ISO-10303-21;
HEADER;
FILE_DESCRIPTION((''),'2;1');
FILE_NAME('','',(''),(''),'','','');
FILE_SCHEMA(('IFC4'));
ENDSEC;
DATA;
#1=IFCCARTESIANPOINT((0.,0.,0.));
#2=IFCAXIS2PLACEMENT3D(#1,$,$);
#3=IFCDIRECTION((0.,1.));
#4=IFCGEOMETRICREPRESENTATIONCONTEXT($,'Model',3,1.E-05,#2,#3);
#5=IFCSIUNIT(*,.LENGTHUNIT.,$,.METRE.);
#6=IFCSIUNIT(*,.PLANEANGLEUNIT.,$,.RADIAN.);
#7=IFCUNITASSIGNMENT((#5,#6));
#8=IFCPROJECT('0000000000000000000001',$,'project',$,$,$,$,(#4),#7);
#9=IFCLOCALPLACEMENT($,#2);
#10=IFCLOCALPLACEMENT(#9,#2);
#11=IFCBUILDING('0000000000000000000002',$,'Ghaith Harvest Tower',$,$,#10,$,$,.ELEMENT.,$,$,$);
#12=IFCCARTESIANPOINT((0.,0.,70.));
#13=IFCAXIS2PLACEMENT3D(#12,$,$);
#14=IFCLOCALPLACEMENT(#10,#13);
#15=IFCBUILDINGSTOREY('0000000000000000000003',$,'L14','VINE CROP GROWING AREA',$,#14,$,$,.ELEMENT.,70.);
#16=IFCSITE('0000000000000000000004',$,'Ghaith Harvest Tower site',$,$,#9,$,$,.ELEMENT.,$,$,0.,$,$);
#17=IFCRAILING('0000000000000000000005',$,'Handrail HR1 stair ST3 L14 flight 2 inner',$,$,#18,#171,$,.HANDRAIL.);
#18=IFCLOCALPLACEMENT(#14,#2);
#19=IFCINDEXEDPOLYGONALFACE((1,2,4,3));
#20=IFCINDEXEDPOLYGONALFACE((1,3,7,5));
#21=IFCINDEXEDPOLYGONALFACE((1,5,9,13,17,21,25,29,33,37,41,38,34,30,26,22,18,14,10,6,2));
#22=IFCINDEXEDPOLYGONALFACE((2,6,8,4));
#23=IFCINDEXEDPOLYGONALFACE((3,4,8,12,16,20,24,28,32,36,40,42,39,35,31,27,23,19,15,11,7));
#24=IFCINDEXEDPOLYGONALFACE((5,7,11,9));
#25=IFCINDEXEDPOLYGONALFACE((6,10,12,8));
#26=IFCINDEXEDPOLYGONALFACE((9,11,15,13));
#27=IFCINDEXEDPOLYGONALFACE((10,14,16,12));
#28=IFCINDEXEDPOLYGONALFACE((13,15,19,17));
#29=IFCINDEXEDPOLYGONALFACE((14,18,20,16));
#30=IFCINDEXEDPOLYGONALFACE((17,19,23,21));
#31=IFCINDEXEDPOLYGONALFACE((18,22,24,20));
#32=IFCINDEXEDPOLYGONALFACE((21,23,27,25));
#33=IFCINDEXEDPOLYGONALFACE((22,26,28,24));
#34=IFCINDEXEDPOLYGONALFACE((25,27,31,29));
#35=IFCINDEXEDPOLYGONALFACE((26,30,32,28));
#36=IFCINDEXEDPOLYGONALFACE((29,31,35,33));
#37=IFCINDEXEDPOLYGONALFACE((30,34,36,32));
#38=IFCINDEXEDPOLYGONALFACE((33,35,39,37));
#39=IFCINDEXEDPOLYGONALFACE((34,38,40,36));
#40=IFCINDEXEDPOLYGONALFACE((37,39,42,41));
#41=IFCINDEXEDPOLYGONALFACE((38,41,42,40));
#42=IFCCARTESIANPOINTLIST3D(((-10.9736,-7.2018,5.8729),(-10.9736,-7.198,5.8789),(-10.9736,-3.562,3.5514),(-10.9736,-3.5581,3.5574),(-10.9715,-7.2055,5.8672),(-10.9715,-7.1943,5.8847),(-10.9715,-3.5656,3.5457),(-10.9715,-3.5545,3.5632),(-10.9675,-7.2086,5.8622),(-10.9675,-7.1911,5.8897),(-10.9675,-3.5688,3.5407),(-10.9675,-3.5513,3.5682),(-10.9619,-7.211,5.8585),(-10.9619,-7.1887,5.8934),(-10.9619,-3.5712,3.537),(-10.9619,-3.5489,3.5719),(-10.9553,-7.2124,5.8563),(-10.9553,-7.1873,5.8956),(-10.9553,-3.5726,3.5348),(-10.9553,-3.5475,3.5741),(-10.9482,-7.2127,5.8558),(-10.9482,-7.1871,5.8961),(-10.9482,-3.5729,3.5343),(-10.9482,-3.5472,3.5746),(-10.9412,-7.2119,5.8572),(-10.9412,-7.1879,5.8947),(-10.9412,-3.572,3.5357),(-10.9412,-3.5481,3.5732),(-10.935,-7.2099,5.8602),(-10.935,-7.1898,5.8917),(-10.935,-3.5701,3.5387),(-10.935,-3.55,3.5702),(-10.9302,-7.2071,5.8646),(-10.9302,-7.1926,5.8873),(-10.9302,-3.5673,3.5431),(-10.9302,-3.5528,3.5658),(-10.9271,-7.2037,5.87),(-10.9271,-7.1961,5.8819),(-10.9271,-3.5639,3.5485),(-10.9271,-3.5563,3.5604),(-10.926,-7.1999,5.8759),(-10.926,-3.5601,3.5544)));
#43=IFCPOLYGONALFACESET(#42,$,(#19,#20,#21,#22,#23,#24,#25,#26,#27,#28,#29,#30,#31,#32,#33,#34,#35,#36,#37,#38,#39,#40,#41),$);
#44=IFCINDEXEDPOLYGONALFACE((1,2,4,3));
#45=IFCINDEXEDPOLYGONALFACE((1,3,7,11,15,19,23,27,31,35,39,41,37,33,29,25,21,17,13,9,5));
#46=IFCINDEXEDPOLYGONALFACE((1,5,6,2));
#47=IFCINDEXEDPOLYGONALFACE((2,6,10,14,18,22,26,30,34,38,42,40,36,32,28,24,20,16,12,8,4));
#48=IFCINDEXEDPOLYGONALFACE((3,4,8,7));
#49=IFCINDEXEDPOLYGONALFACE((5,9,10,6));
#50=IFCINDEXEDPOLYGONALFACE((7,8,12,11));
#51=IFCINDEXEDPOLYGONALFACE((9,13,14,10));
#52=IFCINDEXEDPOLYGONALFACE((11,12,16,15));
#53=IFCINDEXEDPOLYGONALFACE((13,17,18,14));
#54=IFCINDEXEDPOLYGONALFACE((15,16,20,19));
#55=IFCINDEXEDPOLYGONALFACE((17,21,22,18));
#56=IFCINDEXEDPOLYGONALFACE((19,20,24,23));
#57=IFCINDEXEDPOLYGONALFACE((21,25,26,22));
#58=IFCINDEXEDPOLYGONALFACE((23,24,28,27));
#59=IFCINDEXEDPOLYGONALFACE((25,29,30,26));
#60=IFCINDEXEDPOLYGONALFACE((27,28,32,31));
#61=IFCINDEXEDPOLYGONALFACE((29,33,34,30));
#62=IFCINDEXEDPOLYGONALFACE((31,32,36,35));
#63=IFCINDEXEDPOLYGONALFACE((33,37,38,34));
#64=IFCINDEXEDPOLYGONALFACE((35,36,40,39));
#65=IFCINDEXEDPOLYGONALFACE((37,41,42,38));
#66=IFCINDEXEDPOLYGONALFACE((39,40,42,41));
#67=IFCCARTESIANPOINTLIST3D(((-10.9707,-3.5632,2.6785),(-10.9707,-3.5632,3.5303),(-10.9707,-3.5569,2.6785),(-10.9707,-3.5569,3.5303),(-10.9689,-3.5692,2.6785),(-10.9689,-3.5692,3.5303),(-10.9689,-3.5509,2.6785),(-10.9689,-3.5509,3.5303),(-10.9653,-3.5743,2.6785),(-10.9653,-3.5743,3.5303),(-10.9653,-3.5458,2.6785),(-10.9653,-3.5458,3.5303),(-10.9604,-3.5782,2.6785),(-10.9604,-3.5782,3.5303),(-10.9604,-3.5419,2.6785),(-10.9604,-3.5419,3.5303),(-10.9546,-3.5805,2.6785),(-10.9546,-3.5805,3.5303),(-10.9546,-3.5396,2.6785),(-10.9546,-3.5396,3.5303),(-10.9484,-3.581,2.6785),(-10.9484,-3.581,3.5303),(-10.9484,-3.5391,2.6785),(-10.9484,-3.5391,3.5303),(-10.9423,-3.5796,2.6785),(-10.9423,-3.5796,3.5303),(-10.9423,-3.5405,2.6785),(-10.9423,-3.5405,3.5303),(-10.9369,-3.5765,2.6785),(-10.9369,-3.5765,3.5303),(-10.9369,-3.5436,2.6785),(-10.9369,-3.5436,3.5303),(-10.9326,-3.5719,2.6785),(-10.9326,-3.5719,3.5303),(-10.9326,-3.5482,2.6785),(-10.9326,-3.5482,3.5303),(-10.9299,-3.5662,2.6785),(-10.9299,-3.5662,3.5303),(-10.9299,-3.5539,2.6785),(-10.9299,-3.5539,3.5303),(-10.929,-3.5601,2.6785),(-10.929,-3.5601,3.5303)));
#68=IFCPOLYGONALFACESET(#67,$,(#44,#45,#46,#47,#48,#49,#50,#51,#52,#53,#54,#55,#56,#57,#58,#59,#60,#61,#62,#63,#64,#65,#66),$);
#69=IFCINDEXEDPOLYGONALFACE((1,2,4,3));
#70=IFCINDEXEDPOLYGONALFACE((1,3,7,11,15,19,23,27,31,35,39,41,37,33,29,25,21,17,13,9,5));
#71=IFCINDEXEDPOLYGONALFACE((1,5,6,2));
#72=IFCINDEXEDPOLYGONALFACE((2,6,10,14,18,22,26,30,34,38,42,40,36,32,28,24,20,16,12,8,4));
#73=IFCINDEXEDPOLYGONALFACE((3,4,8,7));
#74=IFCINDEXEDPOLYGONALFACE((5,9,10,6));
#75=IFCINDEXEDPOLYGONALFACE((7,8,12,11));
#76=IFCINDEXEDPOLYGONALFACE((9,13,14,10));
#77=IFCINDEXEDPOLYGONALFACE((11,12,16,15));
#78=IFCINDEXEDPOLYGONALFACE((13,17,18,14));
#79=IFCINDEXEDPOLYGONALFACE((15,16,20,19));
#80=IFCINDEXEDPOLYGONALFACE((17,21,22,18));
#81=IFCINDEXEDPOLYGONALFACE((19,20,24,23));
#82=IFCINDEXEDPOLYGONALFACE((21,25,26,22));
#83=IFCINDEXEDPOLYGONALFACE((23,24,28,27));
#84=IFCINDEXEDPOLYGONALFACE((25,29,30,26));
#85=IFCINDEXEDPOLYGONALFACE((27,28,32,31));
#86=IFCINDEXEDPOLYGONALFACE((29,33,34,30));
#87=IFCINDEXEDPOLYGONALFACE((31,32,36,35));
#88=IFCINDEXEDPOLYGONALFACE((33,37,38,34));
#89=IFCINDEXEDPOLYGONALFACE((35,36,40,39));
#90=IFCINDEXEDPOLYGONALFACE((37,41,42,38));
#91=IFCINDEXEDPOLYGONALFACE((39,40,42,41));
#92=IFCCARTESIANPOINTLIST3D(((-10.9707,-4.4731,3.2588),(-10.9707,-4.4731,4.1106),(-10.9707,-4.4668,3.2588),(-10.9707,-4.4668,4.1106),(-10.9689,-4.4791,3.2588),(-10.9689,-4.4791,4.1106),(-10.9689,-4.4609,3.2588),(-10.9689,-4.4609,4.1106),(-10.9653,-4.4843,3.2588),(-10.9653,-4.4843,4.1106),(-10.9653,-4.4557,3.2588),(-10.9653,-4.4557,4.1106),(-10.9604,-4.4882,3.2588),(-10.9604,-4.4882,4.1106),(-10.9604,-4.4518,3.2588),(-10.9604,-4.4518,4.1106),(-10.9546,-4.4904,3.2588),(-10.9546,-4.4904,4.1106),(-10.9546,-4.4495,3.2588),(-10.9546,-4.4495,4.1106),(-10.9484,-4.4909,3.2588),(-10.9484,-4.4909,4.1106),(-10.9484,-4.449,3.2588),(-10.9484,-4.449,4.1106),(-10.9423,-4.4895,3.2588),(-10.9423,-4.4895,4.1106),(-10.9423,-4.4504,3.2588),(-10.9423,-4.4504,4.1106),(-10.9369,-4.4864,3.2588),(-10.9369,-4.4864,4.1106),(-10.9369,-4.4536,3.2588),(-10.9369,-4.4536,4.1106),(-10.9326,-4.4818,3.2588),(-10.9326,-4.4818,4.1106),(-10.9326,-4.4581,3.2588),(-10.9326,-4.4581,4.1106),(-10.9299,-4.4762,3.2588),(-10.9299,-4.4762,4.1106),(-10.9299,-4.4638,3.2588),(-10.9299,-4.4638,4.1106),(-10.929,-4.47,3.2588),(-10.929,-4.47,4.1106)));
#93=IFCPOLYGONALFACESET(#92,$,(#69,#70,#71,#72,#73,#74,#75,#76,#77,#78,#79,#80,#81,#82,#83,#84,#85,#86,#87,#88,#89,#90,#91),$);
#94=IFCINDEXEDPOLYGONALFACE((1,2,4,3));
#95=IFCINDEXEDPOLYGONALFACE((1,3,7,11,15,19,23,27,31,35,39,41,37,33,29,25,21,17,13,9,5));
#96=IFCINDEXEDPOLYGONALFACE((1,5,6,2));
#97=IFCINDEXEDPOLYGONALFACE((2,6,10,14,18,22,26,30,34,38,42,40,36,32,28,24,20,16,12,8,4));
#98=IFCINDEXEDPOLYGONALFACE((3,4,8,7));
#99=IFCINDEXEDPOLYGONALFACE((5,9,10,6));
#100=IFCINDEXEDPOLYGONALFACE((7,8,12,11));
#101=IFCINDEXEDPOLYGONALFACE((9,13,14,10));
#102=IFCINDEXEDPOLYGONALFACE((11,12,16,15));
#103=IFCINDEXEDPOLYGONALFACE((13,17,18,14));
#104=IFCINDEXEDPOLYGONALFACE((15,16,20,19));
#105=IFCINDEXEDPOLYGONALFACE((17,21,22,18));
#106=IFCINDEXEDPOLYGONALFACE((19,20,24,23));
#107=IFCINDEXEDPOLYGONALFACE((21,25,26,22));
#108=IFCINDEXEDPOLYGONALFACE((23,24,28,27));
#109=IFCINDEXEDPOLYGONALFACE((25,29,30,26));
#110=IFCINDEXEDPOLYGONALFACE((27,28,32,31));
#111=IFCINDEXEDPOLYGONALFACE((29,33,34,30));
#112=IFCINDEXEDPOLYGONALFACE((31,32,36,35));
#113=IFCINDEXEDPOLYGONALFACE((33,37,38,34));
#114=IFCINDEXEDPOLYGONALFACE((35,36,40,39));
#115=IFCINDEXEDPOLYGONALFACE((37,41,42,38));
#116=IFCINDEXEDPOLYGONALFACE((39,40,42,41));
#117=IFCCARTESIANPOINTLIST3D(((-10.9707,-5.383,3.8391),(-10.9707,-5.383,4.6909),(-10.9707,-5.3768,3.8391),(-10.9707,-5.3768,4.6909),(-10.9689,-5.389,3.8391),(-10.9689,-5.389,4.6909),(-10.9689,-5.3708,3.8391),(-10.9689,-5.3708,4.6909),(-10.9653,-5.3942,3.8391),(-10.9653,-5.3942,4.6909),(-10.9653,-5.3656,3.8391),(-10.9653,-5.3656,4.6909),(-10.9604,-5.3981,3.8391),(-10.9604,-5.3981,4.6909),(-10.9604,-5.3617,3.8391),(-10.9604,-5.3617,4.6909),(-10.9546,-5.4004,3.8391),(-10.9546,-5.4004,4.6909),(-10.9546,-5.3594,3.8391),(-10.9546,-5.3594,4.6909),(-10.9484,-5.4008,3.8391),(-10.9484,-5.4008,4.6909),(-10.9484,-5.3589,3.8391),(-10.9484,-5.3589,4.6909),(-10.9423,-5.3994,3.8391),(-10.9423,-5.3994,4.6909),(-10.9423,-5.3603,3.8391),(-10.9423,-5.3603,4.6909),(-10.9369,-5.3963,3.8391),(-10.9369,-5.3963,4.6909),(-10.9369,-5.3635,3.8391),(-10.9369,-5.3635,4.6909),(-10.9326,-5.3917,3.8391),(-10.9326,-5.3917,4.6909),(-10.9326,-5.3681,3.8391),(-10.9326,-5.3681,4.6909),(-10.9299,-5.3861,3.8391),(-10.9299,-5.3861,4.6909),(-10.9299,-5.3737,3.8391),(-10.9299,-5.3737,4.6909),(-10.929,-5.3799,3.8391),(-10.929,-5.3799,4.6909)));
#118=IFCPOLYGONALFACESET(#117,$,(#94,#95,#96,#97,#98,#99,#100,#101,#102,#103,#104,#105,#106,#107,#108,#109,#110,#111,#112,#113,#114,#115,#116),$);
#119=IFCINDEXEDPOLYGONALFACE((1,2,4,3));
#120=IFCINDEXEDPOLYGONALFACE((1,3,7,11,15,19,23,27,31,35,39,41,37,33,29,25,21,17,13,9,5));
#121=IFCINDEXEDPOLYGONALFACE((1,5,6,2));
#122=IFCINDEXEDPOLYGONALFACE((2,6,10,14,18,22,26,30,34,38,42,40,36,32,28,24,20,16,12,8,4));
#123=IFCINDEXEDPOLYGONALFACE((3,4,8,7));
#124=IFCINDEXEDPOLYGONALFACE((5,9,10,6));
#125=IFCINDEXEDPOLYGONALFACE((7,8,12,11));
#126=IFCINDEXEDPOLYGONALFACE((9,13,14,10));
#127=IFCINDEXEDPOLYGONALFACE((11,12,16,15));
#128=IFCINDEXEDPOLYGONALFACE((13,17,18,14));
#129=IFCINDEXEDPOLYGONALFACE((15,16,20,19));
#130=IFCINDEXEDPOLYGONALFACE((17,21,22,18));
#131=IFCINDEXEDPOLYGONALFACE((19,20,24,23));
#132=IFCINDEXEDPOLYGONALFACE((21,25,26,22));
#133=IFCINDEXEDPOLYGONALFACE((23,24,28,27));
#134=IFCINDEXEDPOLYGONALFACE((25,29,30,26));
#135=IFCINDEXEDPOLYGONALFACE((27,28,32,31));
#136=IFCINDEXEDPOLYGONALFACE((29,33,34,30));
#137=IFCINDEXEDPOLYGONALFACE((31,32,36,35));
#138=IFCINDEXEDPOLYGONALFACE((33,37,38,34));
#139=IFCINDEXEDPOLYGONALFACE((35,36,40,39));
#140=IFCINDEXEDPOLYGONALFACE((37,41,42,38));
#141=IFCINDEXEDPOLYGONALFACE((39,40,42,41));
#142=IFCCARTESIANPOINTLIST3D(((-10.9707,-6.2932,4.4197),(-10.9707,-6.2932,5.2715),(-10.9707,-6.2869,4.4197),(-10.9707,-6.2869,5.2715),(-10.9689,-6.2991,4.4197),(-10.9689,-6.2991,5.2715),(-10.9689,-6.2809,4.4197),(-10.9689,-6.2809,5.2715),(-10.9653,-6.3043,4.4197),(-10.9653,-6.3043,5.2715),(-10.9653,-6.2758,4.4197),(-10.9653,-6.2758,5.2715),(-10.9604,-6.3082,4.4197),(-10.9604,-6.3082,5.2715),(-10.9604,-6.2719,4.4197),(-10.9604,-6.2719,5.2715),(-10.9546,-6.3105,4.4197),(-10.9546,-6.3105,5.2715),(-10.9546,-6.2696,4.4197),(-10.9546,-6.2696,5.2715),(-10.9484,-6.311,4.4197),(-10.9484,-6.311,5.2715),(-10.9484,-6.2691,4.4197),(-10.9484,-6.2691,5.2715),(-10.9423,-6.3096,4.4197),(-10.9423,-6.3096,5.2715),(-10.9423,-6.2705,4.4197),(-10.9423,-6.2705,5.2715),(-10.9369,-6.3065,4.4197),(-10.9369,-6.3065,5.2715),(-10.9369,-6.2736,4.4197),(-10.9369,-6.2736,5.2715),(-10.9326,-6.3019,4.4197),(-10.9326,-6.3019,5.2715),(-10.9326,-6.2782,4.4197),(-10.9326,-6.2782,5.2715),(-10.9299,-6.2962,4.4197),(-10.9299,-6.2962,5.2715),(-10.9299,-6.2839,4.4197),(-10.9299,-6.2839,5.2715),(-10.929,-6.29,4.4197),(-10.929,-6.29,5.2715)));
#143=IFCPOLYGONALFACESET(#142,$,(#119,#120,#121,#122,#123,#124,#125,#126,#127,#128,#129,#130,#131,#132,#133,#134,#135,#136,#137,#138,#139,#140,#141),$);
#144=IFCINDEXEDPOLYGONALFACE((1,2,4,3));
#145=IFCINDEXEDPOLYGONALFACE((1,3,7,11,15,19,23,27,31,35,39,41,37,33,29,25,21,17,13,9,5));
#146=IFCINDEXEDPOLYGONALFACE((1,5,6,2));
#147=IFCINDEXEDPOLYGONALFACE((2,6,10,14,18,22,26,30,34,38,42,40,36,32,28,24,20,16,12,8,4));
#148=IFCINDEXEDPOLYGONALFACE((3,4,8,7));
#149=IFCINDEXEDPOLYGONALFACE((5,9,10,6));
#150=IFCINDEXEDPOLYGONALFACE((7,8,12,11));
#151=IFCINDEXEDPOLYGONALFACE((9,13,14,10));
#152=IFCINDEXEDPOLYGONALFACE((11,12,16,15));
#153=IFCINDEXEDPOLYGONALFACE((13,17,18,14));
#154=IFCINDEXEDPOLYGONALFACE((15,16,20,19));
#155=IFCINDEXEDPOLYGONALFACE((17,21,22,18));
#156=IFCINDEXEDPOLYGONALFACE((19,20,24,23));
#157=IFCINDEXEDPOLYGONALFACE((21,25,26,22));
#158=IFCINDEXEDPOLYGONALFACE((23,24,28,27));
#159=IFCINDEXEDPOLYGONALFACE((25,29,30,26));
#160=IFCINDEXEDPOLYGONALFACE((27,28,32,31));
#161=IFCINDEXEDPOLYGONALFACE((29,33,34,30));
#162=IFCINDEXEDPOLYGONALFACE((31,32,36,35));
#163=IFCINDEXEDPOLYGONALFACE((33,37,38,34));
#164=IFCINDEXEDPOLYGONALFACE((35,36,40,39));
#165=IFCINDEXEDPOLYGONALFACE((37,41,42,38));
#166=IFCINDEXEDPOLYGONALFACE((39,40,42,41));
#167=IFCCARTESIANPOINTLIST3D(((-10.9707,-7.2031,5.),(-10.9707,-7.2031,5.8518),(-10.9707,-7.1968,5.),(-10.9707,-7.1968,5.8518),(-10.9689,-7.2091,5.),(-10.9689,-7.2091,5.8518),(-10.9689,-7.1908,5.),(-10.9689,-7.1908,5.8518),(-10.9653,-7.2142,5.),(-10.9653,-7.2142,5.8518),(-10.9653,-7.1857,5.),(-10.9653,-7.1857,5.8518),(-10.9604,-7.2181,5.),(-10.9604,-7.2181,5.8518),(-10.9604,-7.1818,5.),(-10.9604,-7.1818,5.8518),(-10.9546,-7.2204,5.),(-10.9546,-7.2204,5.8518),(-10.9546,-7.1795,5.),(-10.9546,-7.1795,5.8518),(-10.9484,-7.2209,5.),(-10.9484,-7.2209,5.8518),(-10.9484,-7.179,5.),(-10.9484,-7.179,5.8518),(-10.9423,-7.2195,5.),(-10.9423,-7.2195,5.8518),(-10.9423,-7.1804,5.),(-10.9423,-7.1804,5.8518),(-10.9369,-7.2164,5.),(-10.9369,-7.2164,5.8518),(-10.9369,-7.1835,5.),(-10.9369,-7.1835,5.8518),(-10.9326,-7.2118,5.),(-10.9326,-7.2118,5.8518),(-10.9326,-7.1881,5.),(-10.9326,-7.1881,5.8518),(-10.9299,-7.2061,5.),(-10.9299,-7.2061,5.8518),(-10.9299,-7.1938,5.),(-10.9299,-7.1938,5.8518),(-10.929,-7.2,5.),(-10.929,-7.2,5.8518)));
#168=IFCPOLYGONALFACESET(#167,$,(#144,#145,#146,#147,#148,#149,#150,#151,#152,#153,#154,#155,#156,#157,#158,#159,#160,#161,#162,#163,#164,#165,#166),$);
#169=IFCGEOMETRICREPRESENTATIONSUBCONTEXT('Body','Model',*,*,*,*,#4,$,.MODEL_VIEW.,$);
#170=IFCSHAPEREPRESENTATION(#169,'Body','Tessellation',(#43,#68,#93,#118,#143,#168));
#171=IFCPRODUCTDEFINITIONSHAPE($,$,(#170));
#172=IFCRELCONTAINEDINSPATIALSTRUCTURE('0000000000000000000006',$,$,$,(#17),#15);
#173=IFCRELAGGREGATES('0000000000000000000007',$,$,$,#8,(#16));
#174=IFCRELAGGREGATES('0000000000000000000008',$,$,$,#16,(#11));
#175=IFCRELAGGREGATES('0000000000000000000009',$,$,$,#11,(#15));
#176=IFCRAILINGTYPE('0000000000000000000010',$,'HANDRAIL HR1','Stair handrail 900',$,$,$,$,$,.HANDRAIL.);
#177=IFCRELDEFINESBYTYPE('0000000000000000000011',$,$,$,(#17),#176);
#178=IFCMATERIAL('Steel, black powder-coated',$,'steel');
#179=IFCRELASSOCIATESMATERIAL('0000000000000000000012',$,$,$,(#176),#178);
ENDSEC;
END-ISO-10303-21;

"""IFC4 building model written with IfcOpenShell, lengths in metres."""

from ifc_helpers import new_model, si_unit, direction, frame, origin, origin_2d, place, context, subcontext, project, spatial, circle, extrude, material, type_object, element, save


model = new_model("IFC4")

# Units and contexts
model_context = context("Model", 3, precision=1e-05, world=origin(), true_north=direction((0.0, 1.0)))
body_context = subcontext(model_context, "Body", "Model", "MODEL_VIEW")
ifc_project = project(units=[si_unit("LENGTHUNIT", "METRE"), si_unit("PLANEANGLEUNIT", "RADIAN")], contexts=[model_context])

# Site, building, storey
site_placement = place(None, origin())
site = spatial("IfcSite", under=ifc_project, at=site_placement, Name="Ghaith Harvest Tower site", CompositionType="ELEMENT", RefElevation=0.0)
building_placement = place(site_placement, origin())
building = spatial("IfcBuilding", under=site, at=building_placement, Name="Ghaith Harvest Tower", CompositionType="ELEMENT")
storey_placement = place(building_placement, frame((0.0, 0.0, 70.0)))
storey = spatial("IfcBuildingStorey", under=building, at=storey_placement, Name="L14", Description="VINE CROP GROWING AREA", CompositionType="ELEMENT", Elevation=70.0)

# Railing
ifc_material_1 = material(Name="Steel, black powder-coated", Category="steel")
railing_type = type_object("IfcRailingType", Name="HANDRAIL HR1", Description="Stair handrail 900", PredefinedType="HANDRAIL", material=ifc_material_1)
railing_1_placement = place(storey_placement, frame((-10.95, -3.5601, 2.6785)))
element("IfcRailing", 1, at=railing_1_placement, inside=storey, type_object=railing_type, Name="Handrail HR1 stair ST3 L14 flight 2 inner", PredefinedType="HANDRAIL", context=body_context, shape_type="SweptSolid", body=[
    extrude(circle(Radius=0.0239, at=origin_2d()), frame((0.0, 0.0, 0.876), z_axis=(0.0, -0.843112, 0.537739), x_axis=(1.0, 0.0, 0.0)), (0.0, 0.0, 1.0), 4.3171),
    extrude(circle(Radius=0.021, at=origin_2d()), origin(), (0.0, 0.0, 1.0), 0.8518),
    extrude(circle(Radius=0.021, at=origin_2d()), frame((0.0, -0.9099, 0.5803)), (0.0, 0.0, 1.0), 0.8518),
    extrude(circle(Radius=0.021, at=origin_2d()), frame((0.0, -1.8198, 1.1606)), (0.0, 0.0, 1.0), 0.8518),
    extrude(circle(Radius=0.021, at=origin_2d()), frame((0.0, -2.73, 1.7412)), (0.0, 0.0, 1.0), 0.8518),
    extrude(circle(Radius=0.021, at=origin_2d()), frame((0.0, -3.6399, 2.3215)), (0.0, 0.0, 1.0), 0.8518),
])

save(model, "model.ifc")
